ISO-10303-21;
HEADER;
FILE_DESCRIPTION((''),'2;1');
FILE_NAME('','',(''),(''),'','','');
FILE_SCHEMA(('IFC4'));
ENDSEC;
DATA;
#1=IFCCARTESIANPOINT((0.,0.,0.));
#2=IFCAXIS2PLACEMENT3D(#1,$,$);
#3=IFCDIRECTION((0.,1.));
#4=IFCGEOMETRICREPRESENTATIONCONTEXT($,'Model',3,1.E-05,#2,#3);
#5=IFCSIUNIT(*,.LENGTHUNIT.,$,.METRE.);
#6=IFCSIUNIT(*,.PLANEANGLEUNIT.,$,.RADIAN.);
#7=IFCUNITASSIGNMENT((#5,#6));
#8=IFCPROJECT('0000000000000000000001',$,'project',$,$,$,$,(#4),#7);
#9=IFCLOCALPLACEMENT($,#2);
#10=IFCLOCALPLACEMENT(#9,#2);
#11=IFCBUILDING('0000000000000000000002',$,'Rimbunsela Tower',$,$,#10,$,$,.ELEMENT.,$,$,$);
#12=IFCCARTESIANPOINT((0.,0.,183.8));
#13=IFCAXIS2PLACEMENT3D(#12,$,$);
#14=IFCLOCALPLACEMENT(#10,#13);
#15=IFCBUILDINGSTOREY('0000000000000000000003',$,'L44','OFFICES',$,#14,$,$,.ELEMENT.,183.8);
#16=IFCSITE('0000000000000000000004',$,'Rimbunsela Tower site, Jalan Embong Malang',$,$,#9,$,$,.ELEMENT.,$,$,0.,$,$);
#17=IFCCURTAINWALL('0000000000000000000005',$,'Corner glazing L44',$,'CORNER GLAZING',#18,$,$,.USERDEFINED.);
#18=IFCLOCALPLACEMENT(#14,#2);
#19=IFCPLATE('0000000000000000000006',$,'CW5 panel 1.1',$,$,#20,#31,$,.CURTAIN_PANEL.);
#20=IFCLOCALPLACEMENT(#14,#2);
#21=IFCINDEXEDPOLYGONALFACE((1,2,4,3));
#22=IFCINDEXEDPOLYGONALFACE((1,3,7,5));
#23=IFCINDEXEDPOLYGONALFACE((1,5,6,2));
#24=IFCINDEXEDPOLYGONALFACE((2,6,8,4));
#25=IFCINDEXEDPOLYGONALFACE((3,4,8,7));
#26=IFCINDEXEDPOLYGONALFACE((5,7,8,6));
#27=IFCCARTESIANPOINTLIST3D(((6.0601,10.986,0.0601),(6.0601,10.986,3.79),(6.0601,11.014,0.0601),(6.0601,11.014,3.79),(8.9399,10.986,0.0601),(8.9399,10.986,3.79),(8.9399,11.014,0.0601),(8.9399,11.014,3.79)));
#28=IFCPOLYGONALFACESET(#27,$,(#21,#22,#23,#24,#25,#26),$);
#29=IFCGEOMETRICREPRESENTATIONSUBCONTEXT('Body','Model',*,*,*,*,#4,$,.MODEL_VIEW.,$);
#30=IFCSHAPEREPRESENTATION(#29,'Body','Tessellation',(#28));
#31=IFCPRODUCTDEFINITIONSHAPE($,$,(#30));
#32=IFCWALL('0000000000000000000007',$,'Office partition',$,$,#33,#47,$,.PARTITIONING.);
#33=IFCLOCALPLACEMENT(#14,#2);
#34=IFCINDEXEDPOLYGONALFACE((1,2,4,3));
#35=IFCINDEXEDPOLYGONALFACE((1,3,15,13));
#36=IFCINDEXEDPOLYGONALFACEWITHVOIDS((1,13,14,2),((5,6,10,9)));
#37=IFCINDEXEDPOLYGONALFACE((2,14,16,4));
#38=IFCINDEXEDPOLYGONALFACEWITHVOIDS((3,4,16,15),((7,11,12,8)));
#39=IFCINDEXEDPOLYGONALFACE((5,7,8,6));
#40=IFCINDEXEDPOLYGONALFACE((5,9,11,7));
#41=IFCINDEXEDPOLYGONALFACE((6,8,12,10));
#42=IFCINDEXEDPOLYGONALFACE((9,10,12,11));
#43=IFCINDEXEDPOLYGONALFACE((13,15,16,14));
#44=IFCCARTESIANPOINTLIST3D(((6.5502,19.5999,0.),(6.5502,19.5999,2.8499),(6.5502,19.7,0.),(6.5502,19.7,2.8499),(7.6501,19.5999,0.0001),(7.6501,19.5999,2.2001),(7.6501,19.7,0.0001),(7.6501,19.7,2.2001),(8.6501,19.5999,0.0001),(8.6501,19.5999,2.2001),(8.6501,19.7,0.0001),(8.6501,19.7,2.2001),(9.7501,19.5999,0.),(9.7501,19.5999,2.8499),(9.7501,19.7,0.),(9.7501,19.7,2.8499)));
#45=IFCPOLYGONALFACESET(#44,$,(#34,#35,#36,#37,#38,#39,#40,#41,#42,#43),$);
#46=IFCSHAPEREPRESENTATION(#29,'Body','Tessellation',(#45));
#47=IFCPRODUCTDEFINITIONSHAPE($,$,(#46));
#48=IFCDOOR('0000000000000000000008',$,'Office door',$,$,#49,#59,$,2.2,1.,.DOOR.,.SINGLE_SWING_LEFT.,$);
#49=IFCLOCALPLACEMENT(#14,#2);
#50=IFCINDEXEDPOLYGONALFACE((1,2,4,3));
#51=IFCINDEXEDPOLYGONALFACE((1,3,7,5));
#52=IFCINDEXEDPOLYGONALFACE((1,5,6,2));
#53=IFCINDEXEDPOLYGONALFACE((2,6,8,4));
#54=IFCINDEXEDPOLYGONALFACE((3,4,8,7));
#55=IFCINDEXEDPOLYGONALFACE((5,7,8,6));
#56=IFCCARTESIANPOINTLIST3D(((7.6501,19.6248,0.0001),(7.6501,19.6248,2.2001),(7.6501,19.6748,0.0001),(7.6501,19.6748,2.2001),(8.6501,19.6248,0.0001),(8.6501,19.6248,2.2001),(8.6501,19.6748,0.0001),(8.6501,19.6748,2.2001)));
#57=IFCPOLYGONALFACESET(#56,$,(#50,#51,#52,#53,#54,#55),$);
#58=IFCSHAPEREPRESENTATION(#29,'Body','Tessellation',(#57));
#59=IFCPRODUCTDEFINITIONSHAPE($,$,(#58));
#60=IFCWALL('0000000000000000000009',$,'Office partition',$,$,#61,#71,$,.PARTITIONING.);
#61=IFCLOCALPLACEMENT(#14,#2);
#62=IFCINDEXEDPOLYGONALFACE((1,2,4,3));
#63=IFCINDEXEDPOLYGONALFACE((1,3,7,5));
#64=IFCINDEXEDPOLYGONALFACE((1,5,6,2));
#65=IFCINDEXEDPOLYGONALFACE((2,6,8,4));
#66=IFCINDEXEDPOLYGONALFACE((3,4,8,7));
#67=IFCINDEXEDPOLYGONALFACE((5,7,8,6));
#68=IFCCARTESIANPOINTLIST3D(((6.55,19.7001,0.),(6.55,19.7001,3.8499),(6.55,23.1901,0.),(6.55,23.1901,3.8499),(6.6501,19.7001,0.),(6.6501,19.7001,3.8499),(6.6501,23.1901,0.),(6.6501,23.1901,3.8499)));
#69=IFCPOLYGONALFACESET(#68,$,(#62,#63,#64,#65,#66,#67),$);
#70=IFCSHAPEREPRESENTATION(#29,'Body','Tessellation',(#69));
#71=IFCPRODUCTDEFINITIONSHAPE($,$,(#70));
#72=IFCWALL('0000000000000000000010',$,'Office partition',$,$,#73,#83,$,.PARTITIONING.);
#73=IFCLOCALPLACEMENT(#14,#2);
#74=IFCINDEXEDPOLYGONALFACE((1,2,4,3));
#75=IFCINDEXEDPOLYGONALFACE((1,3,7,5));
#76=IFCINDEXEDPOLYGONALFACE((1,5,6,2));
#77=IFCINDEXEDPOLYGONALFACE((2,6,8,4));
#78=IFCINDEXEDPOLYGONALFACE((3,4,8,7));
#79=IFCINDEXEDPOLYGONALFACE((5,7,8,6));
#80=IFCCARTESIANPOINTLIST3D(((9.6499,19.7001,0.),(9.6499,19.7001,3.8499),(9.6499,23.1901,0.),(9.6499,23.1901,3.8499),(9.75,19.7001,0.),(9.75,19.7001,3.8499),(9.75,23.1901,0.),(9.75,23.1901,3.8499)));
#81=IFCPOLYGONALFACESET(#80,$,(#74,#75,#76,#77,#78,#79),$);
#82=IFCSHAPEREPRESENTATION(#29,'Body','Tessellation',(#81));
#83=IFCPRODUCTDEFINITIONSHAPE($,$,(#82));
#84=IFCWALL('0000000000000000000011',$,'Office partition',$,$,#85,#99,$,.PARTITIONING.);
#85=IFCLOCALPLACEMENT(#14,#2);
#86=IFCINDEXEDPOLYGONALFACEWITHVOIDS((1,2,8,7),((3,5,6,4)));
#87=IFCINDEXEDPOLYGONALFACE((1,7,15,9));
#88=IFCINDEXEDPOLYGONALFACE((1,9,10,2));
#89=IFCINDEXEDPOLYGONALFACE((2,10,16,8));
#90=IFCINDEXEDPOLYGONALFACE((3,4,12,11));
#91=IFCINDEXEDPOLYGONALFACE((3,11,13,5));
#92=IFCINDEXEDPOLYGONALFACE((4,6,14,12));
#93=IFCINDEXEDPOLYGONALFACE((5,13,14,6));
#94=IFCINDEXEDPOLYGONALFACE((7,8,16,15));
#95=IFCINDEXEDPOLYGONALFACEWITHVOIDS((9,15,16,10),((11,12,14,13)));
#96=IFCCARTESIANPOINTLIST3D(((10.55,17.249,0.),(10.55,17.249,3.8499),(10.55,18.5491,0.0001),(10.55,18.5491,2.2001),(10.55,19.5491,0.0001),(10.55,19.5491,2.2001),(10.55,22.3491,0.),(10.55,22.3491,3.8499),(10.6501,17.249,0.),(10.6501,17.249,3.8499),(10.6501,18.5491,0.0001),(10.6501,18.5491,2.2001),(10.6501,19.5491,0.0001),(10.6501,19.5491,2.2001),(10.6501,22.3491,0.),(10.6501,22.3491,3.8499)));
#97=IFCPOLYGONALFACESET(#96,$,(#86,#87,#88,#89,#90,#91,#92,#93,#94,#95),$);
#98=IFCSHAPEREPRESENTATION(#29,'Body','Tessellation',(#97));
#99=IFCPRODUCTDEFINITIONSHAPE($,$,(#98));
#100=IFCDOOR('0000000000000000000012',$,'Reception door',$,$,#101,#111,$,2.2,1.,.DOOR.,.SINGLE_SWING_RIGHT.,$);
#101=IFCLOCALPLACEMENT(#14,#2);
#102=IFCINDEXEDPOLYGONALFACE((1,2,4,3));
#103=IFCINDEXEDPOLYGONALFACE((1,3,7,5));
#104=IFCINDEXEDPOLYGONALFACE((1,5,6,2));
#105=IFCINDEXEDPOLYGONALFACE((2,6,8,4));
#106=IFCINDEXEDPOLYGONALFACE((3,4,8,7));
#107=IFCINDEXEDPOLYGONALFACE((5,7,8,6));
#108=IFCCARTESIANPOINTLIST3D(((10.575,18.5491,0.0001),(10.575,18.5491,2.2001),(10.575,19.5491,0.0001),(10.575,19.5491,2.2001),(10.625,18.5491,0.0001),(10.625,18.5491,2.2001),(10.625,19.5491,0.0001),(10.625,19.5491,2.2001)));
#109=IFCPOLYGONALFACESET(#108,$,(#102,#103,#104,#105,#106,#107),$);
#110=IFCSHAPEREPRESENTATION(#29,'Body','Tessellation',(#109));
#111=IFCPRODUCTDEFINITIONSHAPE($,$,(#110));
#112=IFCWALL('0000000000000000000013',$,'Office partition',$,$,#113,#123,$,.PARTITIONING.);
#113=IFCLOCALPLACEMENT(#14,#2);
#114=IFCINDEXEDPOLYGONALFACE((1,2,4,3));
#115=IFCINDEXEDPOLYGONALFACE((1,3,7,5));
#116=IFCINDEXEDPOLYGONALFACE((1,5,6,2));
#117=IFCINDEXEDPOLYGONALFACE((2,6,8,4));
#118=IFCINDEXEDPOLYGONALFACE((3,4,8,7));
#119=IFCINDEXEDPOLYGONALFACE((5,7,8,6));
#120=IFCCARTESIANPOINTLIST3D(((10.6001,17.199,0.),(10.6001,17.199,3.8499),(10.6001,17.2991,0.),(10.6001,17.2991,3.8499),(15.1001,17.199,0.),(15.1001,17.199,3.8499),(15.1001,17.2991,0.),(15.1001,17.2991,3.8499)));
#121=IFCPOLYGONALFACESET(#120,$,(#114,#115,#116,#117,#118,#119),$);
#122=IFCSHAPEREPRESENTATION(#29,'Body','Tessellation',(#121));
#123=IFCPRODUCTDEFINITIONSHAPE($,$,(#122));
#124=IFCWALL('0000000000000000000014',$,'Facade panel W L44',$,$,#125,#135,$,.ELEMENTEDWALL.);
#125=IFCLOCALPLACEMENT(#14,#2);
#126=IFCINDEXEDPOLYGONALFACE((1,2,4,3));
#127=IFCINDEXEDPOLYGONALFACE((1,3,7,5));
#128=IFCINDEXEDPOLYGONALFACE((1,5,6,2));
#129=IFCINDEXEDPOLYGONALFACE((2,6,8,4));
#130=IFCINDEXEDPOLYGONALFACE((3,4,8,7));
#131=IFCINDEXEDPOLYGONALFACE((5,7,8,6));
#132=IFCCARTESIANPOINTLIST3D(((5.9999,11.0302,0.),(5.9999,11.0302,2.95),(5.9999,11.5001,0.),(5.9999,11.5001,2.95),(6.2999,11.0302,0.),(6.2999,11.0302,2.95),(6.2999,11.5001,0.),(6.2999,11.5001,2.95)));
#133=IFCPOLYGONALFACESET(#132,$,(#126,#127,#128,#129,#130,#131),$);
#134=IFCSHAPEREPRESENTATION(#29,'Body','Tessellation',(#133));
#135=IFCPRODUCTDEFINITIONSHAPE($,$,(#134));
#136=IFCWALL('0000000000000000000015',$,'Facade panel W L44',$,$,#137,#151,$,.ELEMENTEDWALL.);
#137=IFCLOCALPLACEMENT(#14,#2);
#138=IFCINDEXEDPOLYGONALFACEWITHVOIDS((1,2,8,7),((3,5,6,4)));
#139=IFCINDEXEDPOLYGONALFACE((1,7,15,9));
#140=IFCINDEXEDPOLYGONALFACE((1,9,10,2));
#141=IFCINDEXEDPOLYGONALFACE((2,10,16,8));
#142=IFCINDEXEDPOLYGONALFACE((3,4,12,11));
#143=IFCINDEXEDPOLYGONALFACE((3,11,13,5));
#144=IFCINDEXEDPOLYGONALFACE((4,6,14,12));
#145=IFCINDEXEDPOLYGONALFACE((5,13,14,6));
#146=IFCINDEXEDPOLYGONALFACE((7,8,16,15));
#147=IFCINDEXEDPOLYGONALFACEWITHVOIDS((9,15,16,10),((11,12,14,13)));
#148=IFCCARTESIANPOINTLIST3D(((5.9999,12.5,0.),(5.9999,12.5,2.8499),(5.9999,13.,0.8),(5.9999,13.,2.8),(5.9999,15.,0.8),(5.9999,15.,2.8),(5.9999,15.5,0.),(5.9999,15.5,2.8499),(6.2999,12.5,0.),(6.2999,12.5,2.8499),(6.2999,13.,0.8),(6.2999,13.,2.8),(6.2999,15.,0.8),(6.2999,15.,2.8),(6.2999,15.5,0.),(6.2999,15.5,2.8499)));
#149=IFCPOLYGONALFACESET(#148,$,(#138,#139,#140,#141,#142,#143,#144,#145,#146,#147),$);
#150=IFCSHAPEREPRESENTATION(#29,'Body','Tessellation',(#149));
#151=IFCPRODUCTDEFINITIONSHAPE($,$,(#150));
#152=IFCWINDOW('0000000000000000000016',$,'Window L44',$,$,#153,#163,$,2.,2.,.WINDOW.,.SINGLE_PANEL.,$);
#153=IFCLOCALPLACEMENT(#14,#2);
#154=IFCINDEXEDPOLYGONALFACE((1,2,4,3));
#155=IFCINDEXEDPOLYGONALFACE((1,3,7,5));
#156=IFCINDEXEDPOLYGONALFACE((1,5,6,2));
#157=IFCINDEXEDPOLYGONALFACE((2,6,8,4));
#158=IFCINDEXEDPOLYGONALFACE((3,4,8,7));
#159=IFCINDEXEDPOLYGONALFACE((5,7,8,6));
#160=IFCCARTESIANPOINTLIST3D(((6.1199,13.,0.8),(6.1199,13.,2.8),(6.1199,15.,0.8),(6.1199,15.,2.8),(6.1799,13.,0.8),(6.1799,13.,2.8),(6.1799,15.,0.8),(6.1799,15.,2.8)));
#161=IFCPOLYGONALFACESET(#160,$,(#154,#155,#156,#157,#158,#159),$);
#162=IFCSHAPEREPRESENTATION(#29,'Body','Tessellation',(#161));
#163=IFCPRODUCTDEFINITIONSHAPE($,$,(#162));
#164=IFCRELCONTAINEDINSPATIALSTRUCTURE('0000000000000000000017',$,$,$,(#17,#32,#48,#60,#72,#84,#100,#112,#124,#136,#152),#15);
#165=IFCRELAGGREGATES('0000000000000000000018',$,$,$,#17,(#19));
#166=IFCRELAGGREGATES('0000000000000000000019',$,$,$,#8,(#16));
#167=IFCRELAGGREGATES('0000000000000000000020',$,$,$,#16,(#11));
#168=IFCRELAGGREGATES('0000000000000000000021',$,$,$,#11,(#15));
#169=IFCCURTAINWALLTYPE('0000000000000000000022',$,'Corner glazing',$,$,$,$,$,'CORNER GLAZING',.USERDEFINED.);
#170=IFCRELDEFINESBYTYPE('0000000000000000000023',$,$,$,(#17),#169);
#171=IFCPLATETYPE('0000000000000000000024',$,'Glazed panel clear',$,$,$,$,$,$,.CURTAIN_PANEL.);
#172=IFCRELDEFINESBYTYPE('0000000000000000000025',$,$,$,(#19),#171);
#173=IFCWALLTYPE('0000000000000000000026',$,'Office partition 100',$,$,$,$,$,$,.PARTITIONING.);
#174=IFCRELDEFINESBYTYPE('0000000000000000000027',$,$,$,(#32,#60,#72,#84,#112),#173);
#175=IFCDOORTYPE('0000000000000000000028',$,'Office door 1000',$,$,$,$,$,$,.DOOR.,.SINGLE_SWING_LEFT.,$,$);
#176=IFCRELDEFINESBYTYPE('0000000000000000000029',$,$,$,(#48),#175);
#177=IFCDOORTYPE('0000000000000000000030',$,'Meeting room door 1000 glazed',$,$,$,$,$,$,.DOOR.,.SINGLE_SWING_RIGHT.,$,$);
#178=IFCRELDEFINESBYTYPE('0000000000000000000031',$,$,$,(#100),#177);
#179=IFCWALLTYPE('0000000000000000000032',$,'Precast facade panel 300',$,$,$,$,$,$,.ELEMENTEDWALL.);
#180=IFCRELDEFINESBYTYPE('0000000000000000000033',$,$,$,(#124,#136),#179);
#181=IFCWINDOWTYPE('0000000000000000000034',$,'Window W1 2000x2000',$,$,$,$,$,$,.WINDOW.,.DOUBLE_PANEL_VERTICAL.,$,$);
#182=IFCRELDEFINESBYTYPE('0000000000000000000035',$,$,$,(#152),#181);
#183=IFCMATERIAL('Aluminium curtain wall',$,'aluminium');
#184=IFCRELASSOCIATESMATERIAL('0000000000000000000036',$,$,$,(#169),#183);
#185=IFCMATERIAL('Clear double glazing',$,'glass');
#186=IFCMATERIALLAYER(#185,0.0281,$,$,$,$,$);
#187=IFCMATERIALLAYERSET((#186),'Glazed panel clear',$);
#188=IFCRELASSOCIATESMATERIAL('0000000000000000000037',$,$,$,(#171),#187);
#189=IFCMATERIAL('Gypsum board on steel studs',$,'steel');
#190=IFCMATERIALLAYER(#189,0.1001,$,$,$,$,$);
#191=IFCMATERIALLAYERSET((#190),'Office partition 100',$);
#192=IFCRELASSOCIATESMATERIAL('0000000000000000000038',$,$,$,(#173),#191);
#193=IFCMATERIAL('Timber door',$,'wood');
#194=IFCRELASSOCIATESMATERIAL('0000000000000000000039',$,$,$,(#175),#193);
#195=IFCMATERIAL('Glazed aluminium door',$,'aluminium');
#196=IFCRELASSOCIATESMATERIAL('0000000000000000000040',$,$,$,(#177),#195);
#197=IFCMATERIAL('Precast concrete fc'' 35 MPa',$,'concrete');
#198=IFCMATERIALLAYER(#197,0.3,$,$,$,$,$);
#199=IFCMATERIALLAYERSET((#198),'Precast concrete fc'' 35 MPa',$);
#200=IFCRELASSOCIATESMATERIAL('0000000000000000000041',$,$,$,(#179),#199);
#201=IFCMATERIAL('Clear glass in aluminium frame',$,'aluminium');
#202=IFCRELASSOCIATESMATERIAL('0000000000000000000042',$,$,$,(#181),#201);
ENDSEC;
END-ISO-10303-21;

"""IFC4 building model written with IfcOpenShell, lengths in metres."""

from ifc_helpers import new_model, si_unit, direction, frame, frame_2d, origin, origin_2d, place, context, subcontext, project, spatial, rectangle, extrude, material, layer, layer_set, type_object, element, fill, aggregate, save


model = new_model("IFC4")

# Units and contexts
model_context = context("Model", 3, precision=1e-05, world=origin(), true_north=direction((0.0, 1.0)))
body_context = subcontext(model_context, "Body", "Model", "MODEL_VIEW")
ifc_project = project(units=[si_unit("LENGTHUNIT", "METRE"), si_unit("PLANEANGLEUNIT", "RADIAN")], contexts=[model_context])

# Site, building, storey
site_placement = place(None, origin())
site = spatial("IfcSite", under=ifc_project, at=site_placement, Name="Rimbunsela Tower site, Jalan Embong Malang", CompositionType="ELEMENT", RefElevation=0.0)
building_placement = place(site_placement, origin())
building = spatial("IfcBuilding", under=site, at=building_placement, Name="Rimbunsela Tower", CompositionType="ELEMENT")
storey_placement = place(building_placement, frame((0.0, 0.0, 183.8)))
storey = spatial("IfcBuildingStorey", under=building, at=storey_placement, Name="L44", Description="OFFICES", CompositionType="ELEMENT", Elevation=183.8)

# Curtain wall, plate
ifc_material_1 = material(Name="Aluminium curtain wall", Category="aluminium")
curtain_wall_type = type_object("IfcCurtainWallType", Name="Corner glazing", ElementType="CORNER GLAZING", PredefinedType="USERDEFINED", material=ifc_material_1)
curtain_wall_placement = place(storey_placement, origin())
curtain_wall = element("IfcCurtainWall", 1, at=curtain_wall_placement, inside=storey, type_object=curtain_wall_type, Name="Corner glazing L44", ObjectType="CORNER GLAZING", PredefinedType="USERDEFINED")
ifc_material_2 = material(Name="Clear double glazing", Category="glass")
ifc_layer_1 = layer(ifc_material_2, 0.0281)
ifc_layer_set_1 = layer_set([ifc_layer_1], Name="Glazed panel clear")
plate_type = type_object("IfcPlateType", Name="Glazed panel clear", PredefinedType="CURTAIN_PANEL", material=ifc_layer_set_1)
plate_placement = place(storey_placement, frame((7.5, 11.0, 0.0601), z_axis=(0.0, 0.0, 1.0), x_axis=(1.0, 0.0, 0.0)))
plate = element("IfcPlate", 2, at=plate_placement, type_object=plate_type, Name="CW5 panel 1.1", PredefinedType="CURTAIN_PANEL", context=body_context, shape_type="SweptSolid", body=[
    extrude(rectangle(XDim=2.8799, YDim=0.0281, at=origin_2d()), origin(), (0.0, 0.0, 1.0), 3.73),
])
aggregate(curtain_wall, [plate])

# Wall, opening, door
ifc_material_3 = material(Name="Gypsum board on steel studs", Category="steel")
ifc_layer_2 = layer(ifc_material_3, 0.1001)
ifc_layer_set_2 = layer_set([ifc_layer_2], Name="Office partition 100")
wall_type_1 = type_object("IfcWallType", Name="Office partition 100", PredefinedType="PARTITIONING", material=ifc_layer_set_2)
wall_1_placement = place(storey_placement, frame((6.55, 19.6499, 0.0), z_axis=(0.0, 0.0, 1.0), x_axis=(1.0, 0.0, 0.0)))
wall_1 = element("IfcWall", 3, at=wall_1_placement, inside=storey, type_object=wall_type_1, Name="Office partition", PredefinedType="PARTITIONING", context=body_context, shape_type="SweptSolid", body=[
    extrude(rectangle(XDim=3.2, YDim=0.1001, at=frame_2d((1.6001, 0.0))), origin(), (0.0, 0.0, 1.0), 2.8499),
])
opening_1_placement = place(wall_1_placement, frame((1.1001, 0.0, 0.0)))
opening_1 = element("IfcOpeningElement", 4, at=opening_1_placement, cuts=wall_1, PredefinedType="OPENING", context=body_context, shape_type="SweptSolid", body=[
    extrude(rectangle(XDim=1.0, YDim=2.2, at=frame_2d((0.5, 1.1001))), frame((0.0, 0.0601, 0.0), z_axis=(0.0, -1.0, 0.0), x_axis=(1.0, 0.0, 0.0)), (0.0, 0.0, 1.0), 0.1201),
])
ifc_material_4 = material(Name="Timber door", Category="wood")
door_type_1 = type_object("IfcDoorType", Name="Office door 1000", OperationType="SINGLE_SWING_LEFT", PredefinedType="DOOR", material=ifc_material_4)
door_1_placement = place(opening_1_placement, origin())
door_1 = element("IfcDoor", 5, at=door_1_placement, inside=storey, type_object=door_type_1, Name="Office door", OperationType="SINGLE_SWING_LEFT", OverallHeight=2.2, OverallWidth=1.0, PredefinedType="DOOR", context=body_context, shape_type="SweptSolid", body=[
    extrude(rectangle(XDim=1.0, YDim=2.2, at=frame_2d((0.5, 1.1001))), frame((0.0, 0.0249, 0.0), z_axis=(0.0, -1.0, 0.0), x_axis=(1.0, 0.0, 0.0)), (0.0, 0.0, 1.0), 0.05),
])
fill(opening_1, door_1)

# Walls
for number, where, z_axis, x_axis, name in (
    (6, (6.6001, 19.7, 0.0), (0.0, 0.0, 1.0), (0.0, 1.0, 0.0), "Office partition"),
    (7, (9.7, 19.7, 0.0), (0.0, 0.0, 1.0), (0.0, 1.0, 0.0), "Office partition"),
):
    element("IfcWall", number, at=place(storey_placement, frame(where, z_axis=z_axis, x_axis=x_axis)), inside=storey, type_object=wall_type_1, Name=name, PredefinedType="PARTITIONING", context=body_context, shape_type="SweptSolid", body=[
        extrude(rectangle(XDim=3.49, YDim=0.1001, at=frame_2d((1.7451, 0.0))), origin(), (0.0, 0.0, 1.0), 3.8499),
    ])

# Wall, opening, door
wall_2_placement = place(storey_placement, frame((10.6001, 22.3491, 0.0), z_axis=(0.0, 0.0, 1.0), x_axis=(0.0, -1.0, 0.0)))
wall_2 = element("IfcWall", 8, at=wall_2_placement, inside=storey, type_object=wall_type_1, Name="Office partition", PredefinedType="PARTITIONING", context=body_context, shape_type="SweptSolid", body=[
    extrude(rectangle(XDim=5.1001, YDim=0.1001, at=frame_2d((2.55, 0.0))), origin(), (0.0, 0.0, 1.0), 3.8499),
])
opening_2_placement = place(wall_2_placement, frame((2.8, 0.0, 0.0)))
opening_2 = element("IfcOpeningElement", 9, at=opening_2_placement, cuts=wall_2, PredefinedType="OPENING", context=body_context, shape_type="SweptSolid", body=[
    extrude(rectangle(XDim=1.0, YDim=2.2, at=frame_2d((0.5, 1.1001))), frame((0.0, 0.0601, 0.0), z_axis=(0.0, -1.0, 0.0), x_axis=(1.0, 0.0, 0.0)), (0.0, 0.0, 1.0), 0.1201),
])
ifc_material_5 = material(Name="Glazed aluminium door", Category="aluminium")
door_type_2 = type_object("IfcDoorType", Name="Meeting room door 1000 glazed", OperationType="SINGLE_SWING_RIGHT", PredefinedType="DOOR", material=ifc_material_5)
door_2_placement = place(opening_2_placement, origin())
door_2 = element("IfcDoor", 10, at=door_2_placement, inside=storey, type_object=door_type_2, Name="Reception door", OperationType="SINGLE_SWING_RIGHT", OverallHeight=2.2, OverallWidth=1.0, PredefinedType="DOOR", context=body_context, shape_type="SweptSolid", body=[
    extrude(rectangle(XDim=1.0, YDim=2.2, at=frame_2d((0.5, 1.1001))), frame((0.0, 0.0249, 0.0), z_axis=(0.0, -1.0, 0.0), x_axis=(1.0, 0.0, 0.0)), (0.0, 0.0, 1.0), 0.05),
])
fill(opening_2, door_2)

# Walls
wall_3_placement = place(storey_placement, frame((10.6001, 17.249, 0.0), z_axis=(0.0, 0.0, 1.0), x_axis=(1.0, 0.0, 0.0)))
element("IfcWall", 11, at=wall_3_placement, inside=storey, type_object=wall_type_1, Name="Office partition", PredefinedType="PARTITIONING", context=body_context, shape_type="SweptSolid", body=[
    extrude(rectangle(XDim=4.5, YDim=0.1001, at=frame_2d((2.25, 0.0))), origin(), (0.0, 0.0, 1.0), 3.8499),
])
ifc_material_6 = material(Name="Precast concrete fc' 35 MPa", Category="concrete")
ifc_layer_3 = layer(ifc_material_6, 0.3)
ifc_layer_set_3 = layer_set([ifc_layer_3], Name="Precast concrete fc' 35 MPa")
wall_type_2 = type_object("IfcWallType", Name="Precast facade panel 300", PredefinedType="ELEMENTEDWALL", material=ifc_layer_set_3)
wall_4_placement = place(storey_placement, frame((6.1499, 11.5, 0.0), z_axis=(0.0, 0.0, 1.0), x_axis=(0.0, -1.0, 0.0)))
element("IfcWall", 12, at=wall_4_placement, inside=storey, type_object=wall_type_2, Name="Facade panel W L44", PredefinedType="ELEMENTEDWALL", context=body_context, shape_type="SweptSolid", body=[
    extrude(rectangle(XDim=0.47, YDim=0.3, at=frame_2d((0.2349, 0.0))), origin(), (0.0, 0.0, 1.0), 2.95),
])

# Wall, opening, window
wall_5_placement = place(storey_placement, frame((6.1499, 15.5, 0.0), z_axis=(0.0, 0.0, 1.0), x_axis=(0.0, -1.0, 0.0)))
wall_5 = element("IfcWall", 13, at=wall_5_placement, inside=storey, type_object=wall_type_2, Name="Facade panel W L44", PredefinedType="ELEMENTEDWALL", context=body_context, shape_type="SweptSolid", body=[
    extrude(rectangle(XDim=3.0, YDim=0.3, at=frame_2d((1.5, 0.0))), origin(), (0.0, 0.0, 1.0), 2.8499),
])
opening_3_placement = place(wall_5_placement, frame((0.5, 0.0, 0.8)))
opening_3 = element("IfcOpeningElement", 14, at=opening_3_placement, cuts=wall_5, PredefinedType="OPENING", context=body_context, shape_type="SweptSolid", body=[
    extrude(rectangle(XDim=2.0, YDim=2.0, at=frame_2d((1.0, 1.0))), frame((0.0, 0.1599, 0.0), z_axis=(0.0, -1.0, 0.0), x_axis=(1.0, 0.0, 0.0)), (0.0, 0.0, 1.0), 0.3201),
])
ifc_material_7 = material(Name="Clear glass in aluminium frame", Category="aluminium")
window_type = type_object("IfcWindowType", Name="Window W1 2000x2000", PartitioningType="DOUBLE_PANEL_VERTICAL", PredefinedType="WINDOW", material=ifc_material_7)
window_1_placement = place(opening_3_placement, origin())
window_1 = element("IfcWindow", 15, at=window_1_placement, inside=storey, type_object=window_type, Name="Window L44", OverallHeight=2.0, OverallWidth=2.0, PartitioningType="SINGLE_PANEL", PredefinedType="WINDOW", context=body_context, shape_type="SweptSolid", body=[
    extrude(rectangle(XDim=2.0, YDim=2.0, at=frame_2d((1.0, 1.0))), frame((0.0, 0.03, 0.0), z_axis=(0.0, -1.0, 0.0), x_axis=(1.0, 0.0, 0.0)), (0.0, 0.0, 1.0), 0.0601),
])
fill(opening_3, window_1)

save(model, "model.ifc")
